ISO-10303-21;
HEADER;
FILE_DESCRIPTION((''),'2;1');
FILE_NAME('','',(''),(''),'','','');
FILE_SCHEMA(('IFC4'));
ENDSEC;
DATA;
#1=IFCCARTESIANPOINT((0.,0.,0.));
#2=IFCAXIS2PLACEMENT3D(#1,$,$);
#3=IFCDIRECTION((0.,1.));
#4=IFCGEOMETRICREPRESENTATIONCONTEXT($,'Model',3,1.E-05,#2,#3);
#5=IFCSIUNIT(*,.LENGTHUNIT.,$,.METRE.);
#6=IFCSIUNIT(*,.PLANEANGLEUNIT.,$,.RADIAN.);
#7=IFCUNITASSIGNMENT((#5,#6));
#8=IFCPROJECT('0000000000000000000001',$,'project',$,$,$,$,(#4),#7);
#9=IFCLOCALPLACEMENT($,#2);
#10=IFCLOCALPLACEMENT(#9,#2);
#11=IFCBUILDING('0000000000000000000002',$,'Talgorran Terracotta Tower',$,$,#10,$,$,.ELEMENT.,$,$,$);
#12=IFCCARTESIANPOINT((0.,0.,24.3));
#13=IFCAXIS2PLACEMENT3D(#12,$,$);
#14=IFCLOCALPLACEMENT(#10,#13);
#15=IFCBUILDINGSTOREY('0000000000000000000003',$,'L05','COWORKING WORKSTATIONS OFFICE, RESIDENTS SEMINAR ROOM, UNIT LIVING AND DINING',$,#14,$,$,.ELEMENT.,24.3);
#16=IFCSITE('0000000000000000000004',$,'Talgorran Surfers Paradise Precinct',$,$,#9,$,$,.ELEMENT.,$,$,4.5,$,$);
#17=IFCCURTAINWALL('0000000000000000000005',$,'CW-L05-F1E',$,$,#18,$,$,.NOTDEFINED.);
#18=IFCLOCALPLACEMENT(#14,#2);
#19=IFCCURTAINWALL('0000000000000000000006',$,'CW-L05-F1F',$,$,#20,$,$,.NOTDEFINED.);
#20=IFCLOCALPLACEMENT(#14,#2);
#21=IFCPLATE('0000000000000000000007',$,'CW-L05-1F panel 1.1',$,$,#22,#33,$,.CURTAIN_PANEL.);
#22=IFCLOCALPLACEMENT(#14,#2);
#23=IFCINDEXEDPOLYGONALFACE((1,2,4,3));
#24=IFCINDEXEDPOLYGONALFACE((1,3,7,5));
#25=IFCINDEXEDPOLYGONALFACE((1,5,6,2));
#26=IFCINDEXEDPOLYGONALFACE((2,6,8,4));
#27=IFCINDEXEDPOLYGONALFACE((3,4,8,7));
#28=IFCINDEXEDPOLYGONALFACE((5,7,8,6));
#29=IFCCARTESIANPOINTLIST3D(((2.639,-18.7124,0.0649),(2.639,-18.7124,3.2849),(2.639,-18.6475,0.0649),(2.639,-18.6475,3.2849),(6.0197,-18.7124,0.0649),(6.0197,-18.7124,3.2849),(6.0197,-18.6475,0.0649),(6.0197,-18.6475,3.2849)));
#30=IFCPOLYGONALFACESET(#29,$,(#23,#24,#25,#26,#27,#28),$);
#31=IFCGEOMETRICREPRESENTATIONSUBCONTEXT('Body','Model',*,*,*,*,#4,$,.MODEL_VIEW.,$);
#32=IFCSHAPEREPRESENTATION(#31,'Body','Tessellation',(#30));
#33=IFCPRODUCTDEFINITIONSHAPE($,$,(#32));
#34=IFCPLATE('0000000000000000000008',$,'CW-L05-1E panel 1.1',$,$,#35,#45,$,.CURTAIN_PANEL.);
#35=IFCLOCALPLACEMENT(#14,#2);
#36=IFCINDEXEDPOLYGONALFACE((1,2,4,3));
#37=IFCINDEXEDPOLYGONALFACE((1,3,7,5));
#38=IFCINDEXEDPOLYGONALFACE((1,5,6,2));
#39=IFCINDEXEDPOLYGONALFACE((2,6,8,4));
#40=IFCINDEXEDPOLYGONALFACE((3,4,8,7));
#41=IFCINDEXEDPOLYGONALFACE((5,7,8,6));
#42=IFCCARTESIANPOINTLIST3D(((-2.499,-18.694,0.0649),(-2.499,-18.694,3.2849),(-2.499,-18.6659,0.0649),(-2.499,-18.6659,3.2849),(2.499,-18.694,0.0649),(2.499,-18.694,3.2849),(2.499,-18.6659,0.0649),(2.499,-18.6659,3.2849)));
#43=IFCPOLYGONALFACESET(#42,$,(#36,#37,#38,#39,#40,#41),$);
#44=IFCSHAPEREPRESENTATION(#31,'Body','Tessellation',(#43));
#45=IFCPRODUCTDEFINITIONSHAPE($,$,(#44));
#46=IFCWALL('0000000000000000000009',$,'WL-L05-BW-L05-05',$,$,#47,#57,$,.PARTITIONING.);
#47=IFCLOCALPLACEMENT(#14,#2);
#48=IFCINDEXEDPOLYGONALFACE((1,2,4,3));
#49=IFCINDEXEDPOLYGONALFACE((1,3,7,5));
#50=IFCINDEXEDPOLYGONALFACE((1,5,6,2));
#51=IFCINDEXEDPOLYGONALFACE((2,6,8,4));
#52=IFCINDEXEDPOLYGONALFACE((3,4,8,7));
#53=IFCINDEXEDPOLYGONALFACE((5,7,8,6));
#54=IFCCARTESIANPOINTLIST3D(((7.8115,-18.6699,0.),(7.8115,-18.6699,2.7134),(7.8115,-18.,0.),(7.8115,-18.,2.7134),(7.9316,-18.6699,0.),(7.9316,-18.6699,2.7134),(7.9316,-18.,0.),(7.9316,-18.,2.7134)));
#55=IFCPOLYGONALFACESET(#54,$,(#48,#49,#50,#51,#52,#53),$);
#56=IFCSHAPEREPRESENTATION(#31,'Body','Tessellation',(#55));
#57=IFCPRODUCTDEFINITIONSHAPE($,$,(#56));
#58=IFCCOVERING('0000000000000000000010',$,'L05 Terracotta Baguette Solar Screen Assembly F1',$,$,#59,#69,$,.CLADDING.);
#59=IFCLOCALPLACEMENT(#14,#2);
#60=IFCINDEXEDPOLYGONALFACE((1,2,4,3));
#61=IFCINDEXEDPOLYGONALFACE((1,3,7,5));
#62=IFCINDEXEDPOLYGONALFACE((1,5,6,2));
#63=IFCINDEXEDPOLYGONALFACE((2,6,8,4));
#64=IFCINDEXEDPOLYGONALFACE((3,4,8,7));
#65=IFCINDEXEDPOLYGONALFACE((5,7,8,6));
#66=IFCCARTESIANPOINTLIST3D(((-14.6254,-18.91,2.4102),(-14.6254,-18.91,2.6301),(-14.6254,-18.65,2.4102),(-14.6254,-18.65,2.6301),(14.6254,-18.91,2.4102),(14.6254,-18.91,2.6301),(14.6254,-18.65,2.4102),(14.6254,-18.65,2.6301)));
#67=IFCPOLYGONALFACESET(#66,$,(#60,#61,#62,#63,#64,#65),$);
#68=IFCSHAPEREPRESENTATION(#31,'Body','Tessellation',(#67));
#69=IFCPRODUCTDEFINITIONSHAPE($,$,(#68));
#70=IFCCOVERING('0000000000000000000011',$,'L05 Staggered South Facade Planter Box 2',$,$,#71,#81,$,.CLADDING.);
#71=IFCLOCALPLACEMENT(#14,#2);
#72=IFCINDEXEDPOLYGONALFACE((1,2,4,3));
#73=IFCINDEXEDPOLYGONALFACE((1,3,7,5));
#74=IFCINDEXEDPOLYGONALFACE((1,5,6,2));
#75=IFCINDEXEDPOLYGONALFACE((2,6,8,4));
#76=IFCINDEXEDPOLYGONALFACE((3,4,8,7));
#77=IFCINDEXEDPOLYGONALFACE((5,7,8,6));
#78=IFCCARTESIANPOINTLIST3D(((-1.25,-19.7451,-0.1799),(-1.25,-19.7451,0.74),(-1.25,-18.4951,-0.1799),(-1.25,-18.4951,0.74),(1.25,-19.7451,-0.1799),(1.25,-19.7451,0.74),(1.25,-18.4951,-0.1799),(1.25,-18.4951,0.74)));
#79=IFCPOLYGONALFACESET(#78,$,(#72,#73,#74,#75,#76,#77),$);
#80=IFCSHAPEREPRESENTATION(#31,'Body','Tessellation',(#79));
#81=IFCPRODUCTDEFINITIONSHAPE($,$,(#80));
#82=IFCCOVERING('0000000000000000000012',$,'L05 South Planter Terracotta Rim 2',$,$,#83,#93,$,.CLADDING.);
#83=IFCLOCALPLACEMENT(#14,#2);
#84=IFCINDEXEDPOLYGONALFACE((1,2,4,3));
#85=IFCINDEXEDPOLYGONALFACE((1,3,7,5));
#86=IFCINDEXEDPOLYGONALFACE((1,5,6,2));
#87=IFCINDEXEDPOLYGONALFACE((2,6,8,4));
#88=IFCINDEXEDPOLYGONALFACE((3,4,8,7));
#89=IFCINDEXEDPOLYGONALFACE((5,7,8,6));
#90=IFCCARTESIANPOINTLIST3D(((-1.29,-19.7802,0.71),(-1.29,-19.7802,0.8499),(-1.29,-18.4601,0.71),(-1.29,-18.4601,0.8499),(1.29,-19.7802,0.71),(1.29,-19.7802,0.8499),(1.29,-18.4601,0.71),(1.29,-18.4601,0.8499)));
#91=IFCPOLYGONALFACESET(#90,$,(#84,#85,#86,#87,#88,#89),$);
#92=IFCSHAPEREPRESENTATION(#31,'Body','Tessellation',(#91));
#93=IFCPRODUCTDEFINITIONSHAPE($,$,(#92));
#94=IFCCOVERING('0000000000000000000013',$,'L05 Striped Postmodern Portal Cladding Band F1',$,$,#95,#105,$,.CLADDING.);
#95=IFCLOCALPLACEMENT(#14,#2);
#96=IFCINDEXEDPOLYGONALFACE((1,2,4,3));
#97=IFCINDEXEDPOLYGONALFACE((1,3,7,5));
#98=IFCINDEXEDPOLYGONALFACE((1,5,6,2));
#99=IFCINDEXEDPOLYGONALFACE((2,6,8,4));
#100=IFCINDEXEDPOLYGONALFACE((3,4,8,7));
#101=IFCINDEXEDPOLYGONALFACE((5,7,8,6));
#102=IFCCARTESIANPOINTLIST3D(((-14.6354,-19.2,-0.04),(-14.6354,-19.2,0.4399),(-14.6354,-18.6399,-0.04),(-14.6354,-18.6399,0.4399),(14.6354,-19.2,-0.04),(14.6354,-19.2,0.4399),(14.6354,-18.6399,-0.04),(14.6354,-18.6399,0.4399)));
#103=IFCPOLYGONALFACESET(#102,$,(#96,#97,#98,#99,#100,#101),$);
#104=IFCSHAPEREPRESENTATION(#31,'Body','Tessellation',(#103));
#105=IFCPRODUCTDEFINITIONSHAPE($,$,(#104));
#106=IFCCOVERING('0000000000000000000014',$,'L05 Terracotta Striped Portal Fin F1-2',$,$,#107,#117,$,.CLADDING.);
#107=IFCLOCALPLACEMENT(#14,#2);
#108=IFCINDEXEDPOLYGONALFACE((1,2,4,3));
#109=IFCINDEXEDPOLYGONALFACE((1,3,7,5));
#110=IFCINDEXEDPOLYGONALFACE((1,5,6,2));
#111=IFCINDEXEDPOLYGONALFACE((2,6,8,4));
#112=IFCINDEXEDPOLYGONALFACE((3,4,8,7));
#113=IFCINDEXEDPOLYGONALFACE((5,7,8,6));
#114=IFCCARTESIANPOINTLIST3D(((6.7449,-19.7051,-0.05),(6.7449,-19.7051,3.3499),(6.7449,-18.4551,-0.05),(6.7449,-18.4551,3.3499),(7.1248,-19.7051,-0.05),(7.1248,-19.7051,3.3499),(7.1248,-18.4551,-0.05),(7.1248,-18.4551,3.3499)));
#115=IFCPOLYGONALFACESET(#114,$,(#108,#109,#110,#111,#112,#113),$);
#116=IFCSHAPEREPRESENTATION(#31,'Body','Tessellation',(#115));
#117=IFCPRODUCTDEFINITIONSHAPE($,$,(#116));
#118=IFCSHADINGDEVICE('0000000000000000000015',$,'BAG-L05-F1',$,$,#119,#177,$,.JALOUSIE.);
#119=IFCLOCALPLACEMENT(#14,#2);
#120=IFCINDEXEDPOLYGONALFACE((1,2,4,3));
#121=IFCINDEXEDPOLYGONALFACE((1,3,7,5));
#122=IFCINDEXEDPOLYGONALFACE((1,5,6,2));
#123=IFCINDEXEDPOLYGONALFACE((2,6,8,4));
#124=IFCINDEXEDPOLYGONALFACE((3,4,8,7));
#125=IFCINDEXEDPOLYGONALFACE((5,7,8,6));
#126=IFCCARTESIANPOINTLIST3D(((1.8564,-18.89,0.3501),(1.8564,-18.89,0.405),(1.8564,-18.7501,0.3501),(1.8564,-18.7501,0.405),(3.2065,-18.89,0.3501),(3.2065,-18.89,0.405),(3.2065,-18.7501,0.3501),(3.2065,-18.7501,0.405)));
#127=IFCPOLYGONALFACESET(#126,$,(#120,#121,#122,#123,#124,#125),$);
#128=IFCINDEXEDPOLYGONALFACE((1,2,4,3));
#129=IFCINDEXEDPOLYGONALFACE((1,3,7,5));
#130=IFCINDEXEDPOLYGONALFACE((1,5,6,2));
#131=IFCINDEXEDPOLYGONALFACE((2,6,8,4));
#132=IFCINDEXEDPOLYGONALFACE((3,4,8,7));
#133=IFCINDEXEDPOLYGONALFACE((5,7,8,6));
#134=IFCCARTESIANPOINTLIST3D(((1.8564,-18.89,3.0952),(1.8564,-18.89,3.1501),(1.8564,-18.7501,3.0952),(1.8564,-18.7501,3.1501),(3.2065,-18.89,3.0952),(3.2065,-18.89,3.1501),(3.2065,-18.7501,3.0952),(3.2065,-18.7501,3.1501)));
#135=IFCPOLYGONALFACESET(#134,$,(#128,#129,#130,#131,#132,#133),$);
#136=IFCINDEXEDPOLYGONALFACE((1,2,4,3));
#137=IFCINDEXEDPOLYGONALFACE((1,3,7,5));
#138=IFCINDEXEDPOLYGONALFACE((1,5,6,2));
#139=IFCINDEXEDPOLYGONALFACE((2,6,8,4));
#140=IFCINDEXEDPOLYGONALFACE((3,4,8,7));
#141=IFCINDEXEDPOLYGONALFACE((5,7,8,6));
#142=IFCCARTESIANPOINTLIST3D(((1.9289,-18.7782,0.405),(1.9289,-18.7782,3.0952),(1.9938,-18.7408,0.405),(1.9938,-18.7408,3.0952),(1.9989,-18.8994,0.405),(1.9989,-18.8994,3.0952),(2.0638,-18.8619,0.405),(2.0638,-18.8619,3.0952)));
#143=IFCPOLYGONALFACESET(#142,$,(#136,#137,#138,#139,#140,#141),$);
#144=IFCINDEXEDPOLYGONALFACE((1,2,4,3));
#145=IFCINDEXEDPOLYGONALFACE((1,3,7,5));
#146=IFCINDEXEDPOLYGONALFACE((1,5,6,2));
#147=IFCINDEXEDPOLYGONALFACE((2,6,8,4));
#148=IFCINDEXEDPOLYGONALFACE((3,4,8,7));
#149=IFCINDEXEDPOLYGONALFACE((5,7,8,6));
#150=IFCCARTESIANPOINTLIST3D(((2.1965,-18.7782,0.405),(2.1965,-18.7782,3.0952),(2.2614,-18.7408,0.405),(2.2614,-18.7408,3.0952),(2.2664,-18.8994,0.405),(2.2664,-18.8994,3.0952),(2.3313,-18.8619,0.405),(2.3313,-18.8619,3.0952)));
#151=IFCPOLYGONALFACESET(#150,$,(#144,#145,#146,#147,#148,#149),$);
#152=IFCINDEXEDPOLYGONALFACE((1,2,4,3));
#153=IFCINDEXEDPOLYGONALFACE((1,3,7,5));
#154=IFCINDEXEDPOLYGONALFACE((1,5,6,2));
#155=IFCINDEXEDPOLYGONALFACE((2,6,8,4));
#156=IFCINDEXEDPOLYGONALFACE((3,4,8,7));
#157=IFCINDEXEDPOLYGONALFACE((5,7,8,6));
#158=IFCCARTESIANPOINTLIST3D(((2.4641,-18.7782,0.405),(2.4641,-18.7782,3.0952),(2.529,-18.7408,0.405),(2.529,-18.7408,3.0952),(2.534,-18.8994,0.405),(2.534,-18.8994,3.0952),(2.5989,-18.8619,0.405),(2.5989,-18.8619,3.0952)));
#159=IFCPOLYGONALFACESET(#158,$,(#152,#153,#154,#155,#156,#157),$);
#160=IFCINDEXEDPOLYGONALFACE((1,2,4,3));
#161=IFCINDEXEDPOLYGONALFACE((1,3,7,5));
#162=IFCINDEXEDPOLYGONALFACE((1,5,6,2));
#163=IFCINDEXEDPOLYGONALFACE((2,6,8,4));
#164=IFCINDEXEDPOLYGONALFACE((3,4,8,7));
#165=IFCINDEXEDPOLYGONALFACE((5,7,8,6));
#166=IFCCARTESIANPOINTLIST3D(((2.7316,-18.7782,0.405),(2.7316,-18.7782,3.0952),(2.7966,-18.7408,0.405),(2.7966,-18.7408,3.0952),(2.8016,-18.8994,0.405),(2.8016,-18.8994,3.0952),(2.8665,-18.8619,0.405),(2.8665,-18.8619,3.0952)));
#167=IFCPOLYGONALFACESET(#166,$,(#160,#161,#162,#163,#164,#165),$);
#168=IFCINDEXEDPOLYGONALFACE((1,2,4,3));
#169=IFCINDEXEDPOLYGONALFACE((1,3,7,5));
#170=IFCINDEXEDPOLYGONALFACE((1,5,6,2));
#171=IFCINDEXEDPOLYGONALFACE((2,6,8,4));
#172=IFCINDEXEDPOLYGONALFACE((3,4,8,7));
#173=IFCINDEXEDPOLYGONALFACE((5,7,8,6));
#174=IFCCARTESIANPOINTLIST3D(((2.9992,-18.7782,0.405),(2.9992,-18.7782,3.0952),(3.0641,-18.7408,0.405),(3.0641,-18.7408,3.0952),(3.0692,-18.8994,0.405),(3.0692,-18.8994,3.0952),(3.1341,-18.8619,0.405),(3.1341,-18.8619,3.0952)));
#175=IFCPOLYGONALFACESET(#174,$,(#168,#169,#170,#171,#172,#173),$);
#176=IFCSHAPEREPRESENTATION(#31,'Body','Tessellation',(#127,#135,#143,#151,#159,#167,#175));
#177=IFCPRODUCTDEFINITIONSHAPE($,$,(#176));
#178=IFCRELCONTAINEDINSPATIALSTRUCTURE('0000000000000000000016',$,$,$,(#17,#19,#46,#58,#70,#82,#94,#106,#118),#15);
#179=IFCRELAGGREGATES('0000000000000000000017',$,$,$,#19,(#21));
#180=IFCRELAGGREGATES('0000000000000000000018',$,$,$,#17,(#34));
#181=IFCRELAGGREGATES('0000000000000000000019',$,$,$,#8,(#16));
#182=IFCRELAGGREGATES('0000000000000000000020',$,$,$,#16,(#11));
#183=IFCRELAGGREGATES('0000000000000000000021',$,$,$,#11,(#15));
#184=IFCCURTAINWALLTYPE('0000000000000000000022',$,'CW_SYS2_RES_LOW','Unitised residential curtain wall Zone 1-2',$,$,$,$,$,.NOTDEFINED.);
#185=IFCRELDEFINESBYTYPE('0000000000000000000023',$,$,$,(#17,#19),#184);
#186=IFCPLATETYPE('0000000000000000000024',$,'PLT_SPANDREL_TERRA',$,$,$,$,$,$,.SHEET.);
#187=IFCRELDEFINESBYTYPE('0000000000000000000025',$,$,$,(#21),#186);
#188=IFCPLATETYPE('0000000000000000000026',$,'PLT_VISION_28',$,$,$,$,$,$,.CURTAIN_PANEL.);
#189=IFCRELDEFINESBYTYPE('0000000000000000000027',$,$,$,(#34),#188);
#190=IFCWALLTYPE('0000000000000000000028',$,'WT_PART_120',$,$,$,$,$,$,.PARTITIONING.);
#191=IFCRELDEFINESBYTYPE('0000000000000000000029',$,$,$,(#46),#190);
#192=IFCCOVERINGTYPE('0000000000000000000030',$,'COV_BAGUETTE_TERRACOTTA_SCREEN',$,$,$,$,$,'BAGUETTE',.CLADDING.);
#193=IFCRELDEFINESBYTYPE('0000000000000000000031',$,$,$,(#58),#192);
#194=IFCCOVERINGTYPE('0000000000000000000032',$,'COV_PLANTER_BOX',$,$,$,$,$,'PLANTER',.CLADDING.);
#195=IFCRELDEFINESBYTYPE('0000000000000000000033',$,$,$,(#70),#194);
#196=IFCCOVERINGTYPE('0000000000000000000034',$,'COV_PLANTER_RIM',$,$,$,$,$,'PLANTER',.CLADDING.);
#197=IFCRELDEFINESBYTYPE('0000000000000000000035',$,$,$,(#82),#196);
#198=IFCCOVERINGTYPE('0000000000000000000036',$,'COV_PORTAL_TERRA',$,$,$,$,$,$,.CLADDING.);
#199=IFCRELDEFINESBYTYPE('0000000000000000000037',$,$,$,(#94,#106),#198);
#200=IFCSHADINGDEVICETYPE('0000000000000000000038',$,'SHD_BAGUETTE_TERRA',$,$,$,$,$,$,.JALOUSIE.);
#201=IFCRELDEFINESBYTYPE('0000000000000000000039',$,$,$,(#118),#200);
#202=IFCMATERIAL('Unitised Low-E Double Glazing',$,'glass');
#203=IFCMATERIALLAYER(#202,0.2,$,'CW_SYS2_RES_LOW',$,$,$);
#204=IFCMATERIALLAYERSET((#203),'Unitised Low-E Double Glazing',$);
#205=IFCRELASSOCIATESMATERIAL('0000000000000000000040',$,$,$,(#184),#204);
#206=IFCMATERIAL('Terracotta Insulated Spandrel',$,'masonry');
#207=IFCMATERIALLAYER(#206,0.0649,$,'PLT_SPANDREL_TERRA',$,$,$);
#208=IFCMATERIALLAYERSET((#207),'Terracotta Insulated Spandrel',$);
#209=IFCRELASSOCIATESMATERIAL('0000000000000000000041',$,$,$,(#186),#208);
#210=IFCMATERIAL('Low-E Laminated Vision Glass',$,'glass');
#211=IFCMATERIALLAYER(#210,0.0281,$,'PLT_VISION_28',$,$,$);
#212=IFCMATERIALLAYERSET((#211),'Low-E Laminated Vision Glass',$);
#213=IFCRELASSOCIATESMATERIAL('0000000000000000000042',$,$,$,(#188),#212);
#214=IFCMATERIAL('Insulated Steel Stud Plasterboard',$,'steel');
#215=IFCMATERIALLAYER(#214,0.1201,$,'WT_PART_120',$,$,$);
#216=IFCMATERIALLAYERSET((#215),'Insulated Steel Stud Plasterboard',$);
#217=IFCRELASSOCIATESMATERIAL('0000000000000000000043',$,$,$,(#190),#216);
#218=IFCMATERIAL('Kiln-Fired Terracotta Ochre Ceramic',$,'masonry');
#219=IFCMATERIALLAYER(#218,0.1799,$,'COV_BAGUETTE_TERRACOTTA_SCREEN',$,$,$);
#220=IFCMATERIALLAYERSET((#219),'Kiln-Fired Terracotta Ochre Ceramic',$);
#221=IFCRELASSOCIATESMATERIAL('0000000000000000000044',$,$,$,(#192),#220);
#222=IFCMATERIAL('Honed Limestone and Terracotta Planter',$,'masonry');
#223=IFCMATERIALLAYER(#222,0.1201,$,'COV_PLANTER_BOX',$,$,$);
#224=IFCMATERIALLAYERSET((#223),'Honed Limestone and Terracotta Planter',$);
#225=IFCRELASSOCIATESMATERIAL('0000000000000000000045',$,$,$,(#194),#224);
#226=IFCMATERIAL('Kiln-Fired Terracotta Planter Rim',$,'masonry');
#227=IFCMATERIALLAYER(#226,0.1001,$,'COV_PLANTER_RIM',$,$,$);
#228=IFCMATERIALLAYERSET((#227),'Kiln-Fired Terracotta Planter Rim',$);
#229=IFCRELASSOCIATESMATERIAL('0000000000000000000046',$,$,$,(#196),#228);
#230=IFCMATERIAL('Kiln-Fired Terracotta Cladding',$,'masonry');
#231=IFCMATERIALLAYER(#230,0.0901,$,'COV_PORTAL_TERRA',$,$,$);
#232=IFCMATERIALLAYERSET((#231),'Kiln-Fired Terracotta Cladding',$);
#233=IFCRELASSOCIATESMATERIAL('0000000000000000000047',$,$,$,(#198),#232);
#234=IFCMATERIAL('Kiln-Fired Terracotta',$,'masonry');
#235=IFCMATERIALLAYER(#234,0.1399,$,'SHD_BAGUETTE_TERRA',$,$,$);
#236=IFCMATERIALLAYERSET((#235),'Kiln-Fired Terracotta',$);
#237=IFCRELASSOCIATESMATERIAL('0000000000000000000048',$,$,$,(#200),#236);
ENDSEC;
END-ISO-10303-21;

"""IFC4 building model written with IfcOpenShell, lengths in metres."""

from ifc_helpers import new_model, si_unit, direction, frame, frame_2d, origin, origin_2d, place, context, subcontext, project, spatial, rectangle, extrude, source, transform, mapped, material, layer, layer_set, type_object, type_shapes, element, aggregate, save


model = new_model("IFC4")

# Units and contexts
model_context = context("Model", 3, precision=1e-05, world=origin(), true_north=direction((0.0, 1.0)))
body_context = subcontext(model_context, "Body", "Model", "MODEL_VIEW")
ifc_project = project(units=[si_unit("LENGTHUNIT", "METRE"), si_unit("PLANEANGLEUNIT", "RADIAN")], contexts=[model_context])

# Site, building, storey
site_placement = place(None, origin())
site = spatial("IfcSite", under=ifc_project, at=site_placement, Name="Talgorran Surfers Paradise Precinct", CompositionType="ELEMENT", RefElevation=4.5)
building_placement = place(site_placement, origin())
building = spatial("IfcBuilding", under=site, at=building_placement, Name="Talgorran Terracotta Tower", CompositionType="ELEMENT")
storey_placement = place(building_placement, frame((0.0, 0.0, 24.3)))
storey = spatial("IfcBuildingStorey", under=building, at=storey_placement, Name="L05", Description="COWORKING WORKSTATIONS OFFICE, RESIDENTS SEMINAR ROOM, UNIT LIVING AND DINING", CompositionType="ELEMENT", Elevation=24.3)

# Curtain wall
ifc_material_1 = material(Name="Unitised Low-E Double Glazing", Category="glass")
ifc_layer_1 = layer(ifc_material_1, 0.2, Name="CW_SYS2_RES_LOW")
ifc_layer_set_1 = layer_set([ifc_layer_1], Name="Unitised Low-E Double Glazing")
curtain_wall_type = type_object("IfcCurtainWallType", Name="CW_SYS2_RES_LOW", Description="Unitised residential curtain wall Zone 1-2", PredefinedType="NOTDEFINED", material=ifc_layer_set_1)
curtain_wall_1_placement = place(storey_placement, origin())
curtain_wall_1 = element("IfcCurtainWall", 1, at=curtain_wall_1_placement, inside=storey, type_object=curtain_wall_type, Name="CW-L05-F1E", PredefinedType="NOTDEFINED")

# Curtain wall
curtain_wall_2_placement = place(storey_placement, origin())
curtain_wall_2 = element("IfcCurtainWall", 2, at=curtain_wall_2_placement, inside=storey, type_object=curtain_wall_type, Name="CW-L05-F1F", PredefinedType="NOTDEFINED")

# Plates
ifc_material_2 = material(Name="Terracotta Insulated Spandrel", Category="masonry")
ifc_layer_2 = layer(ifc_material_2, 0.0649, Name="PLT_SPANDREL_TERRA")
ifc_layer_set_2 = layer_set([ifc_layer_2], Name="Terracotta Insulated Spandrel")
plate_type_1 = type_object("IfcPlateType", Name="PLT_SPANDREL_TERRA", PredefinedType="SHEET", material=ifc_layer_set_2)
ifc_material_3 = material(Name="Low-E Laminated Vision Glass", Category="glass")
ifc_layer_3 = layer(ifc_material_3, 0.0281, Name="PLT_VISION_28")
ifc_layer_set_3 = layer_set([ifc_layer_3], Name="Low-E Laminated Vision Glass")
plate_type_2 = type_object("IfcPlateType", Name="PLT_VISION_28", PredefinedType="CURTAIN_PANEL", material=ifc_layer_set_3)
shared_shape_1 = source(origin(), body_context, "Body", "SweptSolid", [
    extrude(rectangle(XDim=3.3806, YDim=0.0649, at=origin_2d()), origin(), (0.0, 0.0, 1.0), 3.22),
])
plate_1_placement = place(storey_placement, frame((4.3293, -18.6799, 0.0649), z_axis=(0.0, 0.0, 1.0), x_axis=(1.0, 0.0, 0.0)))
plate_1 = element("IfcPlate", 3, at=plate_1_placement, type_object=plate_type_1, Name="CW-L05-1F panel 1.1", PredefinedType="CURTAIN_PANEL", context=body_context, shape_type="MappedRepresentation", body=[
    mapped(shared_shape_1, transform((0.0, 0.0, 0.0), scale=1.0)),
])
aggregate(curtain_wall_2, [plate_1])
shared_shape_2 = source(origin(), body_context, "Body", "SweptSolid", [
    extrude(rectangle(XDim=4.998, YDim=0.0281, at=origin_2d()), origin(), (0.0, 0.0, 1.0), 3.22),
])
plate_2_placement = place(storey_placement, frame((0.0, -18.6799, 0.0649), z_axis=(0.0, 0.0, 1.0), x_axis=(1.0, 0.0, 0.0)))
plate_2 = element("IfcPlate", 4, at=plate_2_placement, type_object=plate_type_2, Name="CW-L05-1E panel 1.1", PredefinedType="CURTAIN_PANEL", context=body_context, shape_type="MappedRepresentation", body=[
    mapped(shared_shape_2, transform((0.0, 0.0, 0.0), scale=1.0)),
])
aggregate(curtain_wall_1, [plate_2])

# Wall
ifc_material_4 = material(Name="Insulated Steel Stud Plasterboard", Category="steel")
ifc_layer_4 = layer(ifc_material_4, 0.1201, Name="WT_PART_120")
ifc_layer_set_4 = layer_set([ifc_layer_4], Name="Insulated Steel Stud Plasterboard")
wall_type = type_object("IfcWallType", Name="WT_PART_120", PredefinedType="PARTITIONING", material=ifc_layer_set_4)
wall_placement = place(storey_placement, frame((7.8716, -18.6699, 0.0), z_axis=(0.0, 0.0, 1.0), x_axis=(0.0, 1.0, 0.0)))
element("IfcWall", 5, at=wall_placement, inside=storey, type_object=wall_type, Name="WL-L05-BW-L05-05", PredefinedType="PARTITIONING", context=body_context, shape_type="SweptSolid", body=[
    extrude(rectangle(XDim=0.6699, YDim=0.1201, at=frame_2d((0.335, 0.0))), origin(), (0.0, 0.0, 1.0), 2.7134),
])

# Coverings
ifc_material_5 = material(Name="Kiln-Fired Terracotta Ochre Ceramic", Category="masonry")
ifc_layer_5 = layer(ifc_material_5, 0.1799, Name="COV_BAGUETTE_TERRACOTTA_SCREEN")
ifc_layer_set_5 = layer_set([ifc_layer_5], Name="Kiln-Fired Terracotta Ochre Ceramic")
covering_type_1 = type_object("IfcCoveringType", Name="COV_BAGUETTE_TERRACOTTA_SCREEN", ElementType="BAGUETTE", PredefinedType="CLADDING", material=ifc_layer_set_5)
covering_1_placement = place(storey_placement, frame((0.0, -18.78, 2.4102), z_axis=(0.0, 0.0, 1.0), x_axis=(1.0, 0.0, 0.0)))
element("IfcCovering", 6, at=covering_1_placement, inside=storey, type_object=covering_type_1, Name="L05 Terracotta Baguette Solar Screen Assembly F1", PredefinedType="CLADDING", context=body_context, shape_type="SweptSolid", body=[
    extrude(rectangle(XDim=29.2507, YDim=0.26, at=origin_2d()), origin(), (0.0, 0.0, 1.0), 0.22),
])
ifc_material_6 = material(Name="Honed Limestone and Terracotta Planter", Category="masonry")
ifc_layer_6 = layer(ifc_material_6, 0.1201, Name="COV_PLANTER_BOX")
ifc_layer_set_6 = layer_set([ifc_layer_6], Name="Honed Limestone and Terracotta Planter")
covering_type_2 = type_object("IfcCoveringType", Name="COV_PLANTER_BOX", ElementType="PLANTER", PredefinedType="CLADDING", material=ifc_layer_set_6)
covering_2_placement = place(storey_placement, frame((0.0, -19.1201, -0.1799), z_axis=(0.0, 0.0, 1.0), x_axis=(1.0, 0.0, 0.0)))
element("IfcCovering", 7, at=covering_2_placement, inside=storey, type_object=covering_type_2, Name="L05 Staggered South Facade Planter Box 2", PredefinedType="CLADDING", context=body_context, shape_type="SweptSolid", body=[
    extrude(rectangle(XDim=2.5, YDim=1.25, at=origin_2d()), origin(), (0.0, 0.0, 1.0), 0.9199),
])
ifc_material_7 = material(Name="Kiln-Fired Terracotta Planter Rim", Category="masonry")
ifc_layer_7 = layer(ifc_material_7, 0.1001, Name="COV_PLANTER_RIM")
ifc_layer_set_7 = layer_set([ifc_layer_7], Name="Kiln-Fired Terracotta Planter Rim")
covering_type_3 = type_object("IfcCoveringType", Name="COV_PLANTER_RIM", ElementType="PLANTER", PredefinedType="CLADDING", material=ifc_layer_set_7)
covering_3_placement = place(storey_placement, frame((0.0, -19.1201, 0.71), z_axis=(0.0, 0.0, 1.0), x_axis=(1.0, 0.0, 0.0)))
element("IfcCovering", 8, at=covering_3_placement, inside=storey, type_object=covering_type_3, Name="L05 South Planter Terracotta Rim 2", PredefinedType="CLADDING", context=body_context, shape_type="SweptSolid", body=[
    extrude(rectangle(XDim=2.5801, YDim=1.3201, at=origin_2d()), origin(), (0.0, 0.0, 1.0), 0.1399),
])
ifc_material_8 = material(Name="Kiln-Fired Terracotta Cladding", Category="masonry")
ifc_layer_8 = layer(ifc_material_8, 0.0901, Name="COV_PORTAL_TERRA")
ifc_layer_set_8 = layer_set([ifc_layer_8], Name="Kiln-Fired Terracotta Cladding")
covering_type_4 = type_object("IfcCoveringType", Name="COV_PORTAL_TERRA", PredefinedType="CLADDING", material=ifc_layer_set_8)
covering_4_placement = place(storey_placement, frame((0.0, -18.9199, -0.04), z_axis=(0.0, 0.0, 1.0), x_axis=(1.0, 0.0, 0.0)))
element("IfcCovering", 9, at=covering_4_placement, inside=storey, type_object=covering_type_4, Name="L05 Striped Postmodern Portal Cladding Band F1", PredefinedType="CLADDING", context=body_context, shape_type="SweptSolid", body=[
    extrude(rectangle(XDim=29.2708, YDim=0.5601, at=origin_2d()), origin(), (0.0, 0.0, 1.0), 0.48),
])
covering_5_placement = place(storey_placement, frame((6.9348, -19.0801, -0.05), z_axis=(0.0, 0.0, 1.0), x_axis=(1.0, 0.0, 0.0)))
element("IfcCovering", 10, at=covering_5_placement, inside=storey, type_object=covering_type_4, Name="L05 Terracotta Striped Portal Fin F1-2", PredefinedType="CLADDING", context=body_context, shape_type="SweptSolid", body=[
    extrude(rectangle(XDim=0.3799, YDim=1.25, at=origin_2d()), origin(), (0.0, 0.0, 1.0), 3.3999),
])

# Shading device
ifc_material_9 = material(Name="Kiln-Fired Terracotta", Category="masonry")
ifc_layer_9 = layer(ifc_material_9, 0.1399, Name="SHD_BAGUETTE_TERRA")
ifc_layer_set_9 = layer_set([ifc_layer_9], Name="Kiln-Fired Terracotta")
shading_device_type = type_object("IfcShadingDeviceType", Name="SHD_BAGUETTE_TERRA", PredefinedType="JALOUSIE", material=ifc_layer_set_9)
shared_shape_3 = source(origin(), body_context, "Body", "SweptSolid", [
    extrude(rectangle(XDim=1.3501, YDim=0.1399, at=origin_2d()), origin(), (0.0, 0.0, 1.0), 0.0549),
    extrude(rectangle(XDim=1.3501, YDim=0.1399, at=origin_2d()), frame((0.0, 0.0, 2.7451)), (0.0, 0.0, 1.0), 0.0549),
    extrude(rectangle(XDim=0.075, YDim=0.1399, at=origin_2d()), frame((-0.5352, 0.0, 0.0549), z_axis=(0.0, 0.0, 1.0), x_axis=(0.866025, 0.5, 0.0)), (0.0, 0.0, 1.0), 2.6902),
    extrude(rectangle(XDim=0.075, YDim=0.1399, at=origin_2d()), frame((-0.2676, 0.0, 0.0549), z_axis=(0.0, 0.0, 1.0), x_axis=(0.866025, 0.5, 0.0)), (0.0, 0.0, 1.0), 2.6902),
    extrude(rectangle(XDim=0.075, YDim=0.1399, at=origin_2d()), frame((0.0, 0.0, 0.0549), z_axis=(0.0, 0.0, 1.0), x_axis=(0.866025, 0.5, 0.0)), (0.0, 0.0, 1.0), 2.6902),
    extrude(rectangle(XDim=0.075, YDim=0.1399, at=origin_2d()), frame((0.2676, 0.0, 0.0549), z_axis=(0.0, 0.0, 1.0), x_axis=(0.866025, 0.5, 0.0)), (0.0, 0.0, 1.0), 2.6902),
    extrude(rectangle(XDim=0.075, YDim=0.1399, at=origin_2d()), frame((0.5352, 0.0, 0.0549), z_axis=(0.0, 0.0, 1.0), x_axis=(0.866025, 0.5, 0.0)), (0.0, 0.0, 1.0), 2.6902),
])
type_shapes(shading_device_type, [shared_shape_3])
shading_device_placement = place(storey_placement, frame((2.5315, -18.8201, 0.3501), z_axis=(0.0, 0.0, 1.0), x_axis=(1.0, 0.0, 0.0)))
element("IfcShadingDevice", 11, at=shading_device_placement, inside=storey, type_object=shading_device_type, Name="BAG-L05-F1", PredefinedType="JALOUSIE", context=body_context, shape_type="MappedRepresentation", body=[
    mapped(shared_shape_3, transform((0.0, 0.0, 0.0), scale=1.0)),
])

save(model, "model.ifc")
